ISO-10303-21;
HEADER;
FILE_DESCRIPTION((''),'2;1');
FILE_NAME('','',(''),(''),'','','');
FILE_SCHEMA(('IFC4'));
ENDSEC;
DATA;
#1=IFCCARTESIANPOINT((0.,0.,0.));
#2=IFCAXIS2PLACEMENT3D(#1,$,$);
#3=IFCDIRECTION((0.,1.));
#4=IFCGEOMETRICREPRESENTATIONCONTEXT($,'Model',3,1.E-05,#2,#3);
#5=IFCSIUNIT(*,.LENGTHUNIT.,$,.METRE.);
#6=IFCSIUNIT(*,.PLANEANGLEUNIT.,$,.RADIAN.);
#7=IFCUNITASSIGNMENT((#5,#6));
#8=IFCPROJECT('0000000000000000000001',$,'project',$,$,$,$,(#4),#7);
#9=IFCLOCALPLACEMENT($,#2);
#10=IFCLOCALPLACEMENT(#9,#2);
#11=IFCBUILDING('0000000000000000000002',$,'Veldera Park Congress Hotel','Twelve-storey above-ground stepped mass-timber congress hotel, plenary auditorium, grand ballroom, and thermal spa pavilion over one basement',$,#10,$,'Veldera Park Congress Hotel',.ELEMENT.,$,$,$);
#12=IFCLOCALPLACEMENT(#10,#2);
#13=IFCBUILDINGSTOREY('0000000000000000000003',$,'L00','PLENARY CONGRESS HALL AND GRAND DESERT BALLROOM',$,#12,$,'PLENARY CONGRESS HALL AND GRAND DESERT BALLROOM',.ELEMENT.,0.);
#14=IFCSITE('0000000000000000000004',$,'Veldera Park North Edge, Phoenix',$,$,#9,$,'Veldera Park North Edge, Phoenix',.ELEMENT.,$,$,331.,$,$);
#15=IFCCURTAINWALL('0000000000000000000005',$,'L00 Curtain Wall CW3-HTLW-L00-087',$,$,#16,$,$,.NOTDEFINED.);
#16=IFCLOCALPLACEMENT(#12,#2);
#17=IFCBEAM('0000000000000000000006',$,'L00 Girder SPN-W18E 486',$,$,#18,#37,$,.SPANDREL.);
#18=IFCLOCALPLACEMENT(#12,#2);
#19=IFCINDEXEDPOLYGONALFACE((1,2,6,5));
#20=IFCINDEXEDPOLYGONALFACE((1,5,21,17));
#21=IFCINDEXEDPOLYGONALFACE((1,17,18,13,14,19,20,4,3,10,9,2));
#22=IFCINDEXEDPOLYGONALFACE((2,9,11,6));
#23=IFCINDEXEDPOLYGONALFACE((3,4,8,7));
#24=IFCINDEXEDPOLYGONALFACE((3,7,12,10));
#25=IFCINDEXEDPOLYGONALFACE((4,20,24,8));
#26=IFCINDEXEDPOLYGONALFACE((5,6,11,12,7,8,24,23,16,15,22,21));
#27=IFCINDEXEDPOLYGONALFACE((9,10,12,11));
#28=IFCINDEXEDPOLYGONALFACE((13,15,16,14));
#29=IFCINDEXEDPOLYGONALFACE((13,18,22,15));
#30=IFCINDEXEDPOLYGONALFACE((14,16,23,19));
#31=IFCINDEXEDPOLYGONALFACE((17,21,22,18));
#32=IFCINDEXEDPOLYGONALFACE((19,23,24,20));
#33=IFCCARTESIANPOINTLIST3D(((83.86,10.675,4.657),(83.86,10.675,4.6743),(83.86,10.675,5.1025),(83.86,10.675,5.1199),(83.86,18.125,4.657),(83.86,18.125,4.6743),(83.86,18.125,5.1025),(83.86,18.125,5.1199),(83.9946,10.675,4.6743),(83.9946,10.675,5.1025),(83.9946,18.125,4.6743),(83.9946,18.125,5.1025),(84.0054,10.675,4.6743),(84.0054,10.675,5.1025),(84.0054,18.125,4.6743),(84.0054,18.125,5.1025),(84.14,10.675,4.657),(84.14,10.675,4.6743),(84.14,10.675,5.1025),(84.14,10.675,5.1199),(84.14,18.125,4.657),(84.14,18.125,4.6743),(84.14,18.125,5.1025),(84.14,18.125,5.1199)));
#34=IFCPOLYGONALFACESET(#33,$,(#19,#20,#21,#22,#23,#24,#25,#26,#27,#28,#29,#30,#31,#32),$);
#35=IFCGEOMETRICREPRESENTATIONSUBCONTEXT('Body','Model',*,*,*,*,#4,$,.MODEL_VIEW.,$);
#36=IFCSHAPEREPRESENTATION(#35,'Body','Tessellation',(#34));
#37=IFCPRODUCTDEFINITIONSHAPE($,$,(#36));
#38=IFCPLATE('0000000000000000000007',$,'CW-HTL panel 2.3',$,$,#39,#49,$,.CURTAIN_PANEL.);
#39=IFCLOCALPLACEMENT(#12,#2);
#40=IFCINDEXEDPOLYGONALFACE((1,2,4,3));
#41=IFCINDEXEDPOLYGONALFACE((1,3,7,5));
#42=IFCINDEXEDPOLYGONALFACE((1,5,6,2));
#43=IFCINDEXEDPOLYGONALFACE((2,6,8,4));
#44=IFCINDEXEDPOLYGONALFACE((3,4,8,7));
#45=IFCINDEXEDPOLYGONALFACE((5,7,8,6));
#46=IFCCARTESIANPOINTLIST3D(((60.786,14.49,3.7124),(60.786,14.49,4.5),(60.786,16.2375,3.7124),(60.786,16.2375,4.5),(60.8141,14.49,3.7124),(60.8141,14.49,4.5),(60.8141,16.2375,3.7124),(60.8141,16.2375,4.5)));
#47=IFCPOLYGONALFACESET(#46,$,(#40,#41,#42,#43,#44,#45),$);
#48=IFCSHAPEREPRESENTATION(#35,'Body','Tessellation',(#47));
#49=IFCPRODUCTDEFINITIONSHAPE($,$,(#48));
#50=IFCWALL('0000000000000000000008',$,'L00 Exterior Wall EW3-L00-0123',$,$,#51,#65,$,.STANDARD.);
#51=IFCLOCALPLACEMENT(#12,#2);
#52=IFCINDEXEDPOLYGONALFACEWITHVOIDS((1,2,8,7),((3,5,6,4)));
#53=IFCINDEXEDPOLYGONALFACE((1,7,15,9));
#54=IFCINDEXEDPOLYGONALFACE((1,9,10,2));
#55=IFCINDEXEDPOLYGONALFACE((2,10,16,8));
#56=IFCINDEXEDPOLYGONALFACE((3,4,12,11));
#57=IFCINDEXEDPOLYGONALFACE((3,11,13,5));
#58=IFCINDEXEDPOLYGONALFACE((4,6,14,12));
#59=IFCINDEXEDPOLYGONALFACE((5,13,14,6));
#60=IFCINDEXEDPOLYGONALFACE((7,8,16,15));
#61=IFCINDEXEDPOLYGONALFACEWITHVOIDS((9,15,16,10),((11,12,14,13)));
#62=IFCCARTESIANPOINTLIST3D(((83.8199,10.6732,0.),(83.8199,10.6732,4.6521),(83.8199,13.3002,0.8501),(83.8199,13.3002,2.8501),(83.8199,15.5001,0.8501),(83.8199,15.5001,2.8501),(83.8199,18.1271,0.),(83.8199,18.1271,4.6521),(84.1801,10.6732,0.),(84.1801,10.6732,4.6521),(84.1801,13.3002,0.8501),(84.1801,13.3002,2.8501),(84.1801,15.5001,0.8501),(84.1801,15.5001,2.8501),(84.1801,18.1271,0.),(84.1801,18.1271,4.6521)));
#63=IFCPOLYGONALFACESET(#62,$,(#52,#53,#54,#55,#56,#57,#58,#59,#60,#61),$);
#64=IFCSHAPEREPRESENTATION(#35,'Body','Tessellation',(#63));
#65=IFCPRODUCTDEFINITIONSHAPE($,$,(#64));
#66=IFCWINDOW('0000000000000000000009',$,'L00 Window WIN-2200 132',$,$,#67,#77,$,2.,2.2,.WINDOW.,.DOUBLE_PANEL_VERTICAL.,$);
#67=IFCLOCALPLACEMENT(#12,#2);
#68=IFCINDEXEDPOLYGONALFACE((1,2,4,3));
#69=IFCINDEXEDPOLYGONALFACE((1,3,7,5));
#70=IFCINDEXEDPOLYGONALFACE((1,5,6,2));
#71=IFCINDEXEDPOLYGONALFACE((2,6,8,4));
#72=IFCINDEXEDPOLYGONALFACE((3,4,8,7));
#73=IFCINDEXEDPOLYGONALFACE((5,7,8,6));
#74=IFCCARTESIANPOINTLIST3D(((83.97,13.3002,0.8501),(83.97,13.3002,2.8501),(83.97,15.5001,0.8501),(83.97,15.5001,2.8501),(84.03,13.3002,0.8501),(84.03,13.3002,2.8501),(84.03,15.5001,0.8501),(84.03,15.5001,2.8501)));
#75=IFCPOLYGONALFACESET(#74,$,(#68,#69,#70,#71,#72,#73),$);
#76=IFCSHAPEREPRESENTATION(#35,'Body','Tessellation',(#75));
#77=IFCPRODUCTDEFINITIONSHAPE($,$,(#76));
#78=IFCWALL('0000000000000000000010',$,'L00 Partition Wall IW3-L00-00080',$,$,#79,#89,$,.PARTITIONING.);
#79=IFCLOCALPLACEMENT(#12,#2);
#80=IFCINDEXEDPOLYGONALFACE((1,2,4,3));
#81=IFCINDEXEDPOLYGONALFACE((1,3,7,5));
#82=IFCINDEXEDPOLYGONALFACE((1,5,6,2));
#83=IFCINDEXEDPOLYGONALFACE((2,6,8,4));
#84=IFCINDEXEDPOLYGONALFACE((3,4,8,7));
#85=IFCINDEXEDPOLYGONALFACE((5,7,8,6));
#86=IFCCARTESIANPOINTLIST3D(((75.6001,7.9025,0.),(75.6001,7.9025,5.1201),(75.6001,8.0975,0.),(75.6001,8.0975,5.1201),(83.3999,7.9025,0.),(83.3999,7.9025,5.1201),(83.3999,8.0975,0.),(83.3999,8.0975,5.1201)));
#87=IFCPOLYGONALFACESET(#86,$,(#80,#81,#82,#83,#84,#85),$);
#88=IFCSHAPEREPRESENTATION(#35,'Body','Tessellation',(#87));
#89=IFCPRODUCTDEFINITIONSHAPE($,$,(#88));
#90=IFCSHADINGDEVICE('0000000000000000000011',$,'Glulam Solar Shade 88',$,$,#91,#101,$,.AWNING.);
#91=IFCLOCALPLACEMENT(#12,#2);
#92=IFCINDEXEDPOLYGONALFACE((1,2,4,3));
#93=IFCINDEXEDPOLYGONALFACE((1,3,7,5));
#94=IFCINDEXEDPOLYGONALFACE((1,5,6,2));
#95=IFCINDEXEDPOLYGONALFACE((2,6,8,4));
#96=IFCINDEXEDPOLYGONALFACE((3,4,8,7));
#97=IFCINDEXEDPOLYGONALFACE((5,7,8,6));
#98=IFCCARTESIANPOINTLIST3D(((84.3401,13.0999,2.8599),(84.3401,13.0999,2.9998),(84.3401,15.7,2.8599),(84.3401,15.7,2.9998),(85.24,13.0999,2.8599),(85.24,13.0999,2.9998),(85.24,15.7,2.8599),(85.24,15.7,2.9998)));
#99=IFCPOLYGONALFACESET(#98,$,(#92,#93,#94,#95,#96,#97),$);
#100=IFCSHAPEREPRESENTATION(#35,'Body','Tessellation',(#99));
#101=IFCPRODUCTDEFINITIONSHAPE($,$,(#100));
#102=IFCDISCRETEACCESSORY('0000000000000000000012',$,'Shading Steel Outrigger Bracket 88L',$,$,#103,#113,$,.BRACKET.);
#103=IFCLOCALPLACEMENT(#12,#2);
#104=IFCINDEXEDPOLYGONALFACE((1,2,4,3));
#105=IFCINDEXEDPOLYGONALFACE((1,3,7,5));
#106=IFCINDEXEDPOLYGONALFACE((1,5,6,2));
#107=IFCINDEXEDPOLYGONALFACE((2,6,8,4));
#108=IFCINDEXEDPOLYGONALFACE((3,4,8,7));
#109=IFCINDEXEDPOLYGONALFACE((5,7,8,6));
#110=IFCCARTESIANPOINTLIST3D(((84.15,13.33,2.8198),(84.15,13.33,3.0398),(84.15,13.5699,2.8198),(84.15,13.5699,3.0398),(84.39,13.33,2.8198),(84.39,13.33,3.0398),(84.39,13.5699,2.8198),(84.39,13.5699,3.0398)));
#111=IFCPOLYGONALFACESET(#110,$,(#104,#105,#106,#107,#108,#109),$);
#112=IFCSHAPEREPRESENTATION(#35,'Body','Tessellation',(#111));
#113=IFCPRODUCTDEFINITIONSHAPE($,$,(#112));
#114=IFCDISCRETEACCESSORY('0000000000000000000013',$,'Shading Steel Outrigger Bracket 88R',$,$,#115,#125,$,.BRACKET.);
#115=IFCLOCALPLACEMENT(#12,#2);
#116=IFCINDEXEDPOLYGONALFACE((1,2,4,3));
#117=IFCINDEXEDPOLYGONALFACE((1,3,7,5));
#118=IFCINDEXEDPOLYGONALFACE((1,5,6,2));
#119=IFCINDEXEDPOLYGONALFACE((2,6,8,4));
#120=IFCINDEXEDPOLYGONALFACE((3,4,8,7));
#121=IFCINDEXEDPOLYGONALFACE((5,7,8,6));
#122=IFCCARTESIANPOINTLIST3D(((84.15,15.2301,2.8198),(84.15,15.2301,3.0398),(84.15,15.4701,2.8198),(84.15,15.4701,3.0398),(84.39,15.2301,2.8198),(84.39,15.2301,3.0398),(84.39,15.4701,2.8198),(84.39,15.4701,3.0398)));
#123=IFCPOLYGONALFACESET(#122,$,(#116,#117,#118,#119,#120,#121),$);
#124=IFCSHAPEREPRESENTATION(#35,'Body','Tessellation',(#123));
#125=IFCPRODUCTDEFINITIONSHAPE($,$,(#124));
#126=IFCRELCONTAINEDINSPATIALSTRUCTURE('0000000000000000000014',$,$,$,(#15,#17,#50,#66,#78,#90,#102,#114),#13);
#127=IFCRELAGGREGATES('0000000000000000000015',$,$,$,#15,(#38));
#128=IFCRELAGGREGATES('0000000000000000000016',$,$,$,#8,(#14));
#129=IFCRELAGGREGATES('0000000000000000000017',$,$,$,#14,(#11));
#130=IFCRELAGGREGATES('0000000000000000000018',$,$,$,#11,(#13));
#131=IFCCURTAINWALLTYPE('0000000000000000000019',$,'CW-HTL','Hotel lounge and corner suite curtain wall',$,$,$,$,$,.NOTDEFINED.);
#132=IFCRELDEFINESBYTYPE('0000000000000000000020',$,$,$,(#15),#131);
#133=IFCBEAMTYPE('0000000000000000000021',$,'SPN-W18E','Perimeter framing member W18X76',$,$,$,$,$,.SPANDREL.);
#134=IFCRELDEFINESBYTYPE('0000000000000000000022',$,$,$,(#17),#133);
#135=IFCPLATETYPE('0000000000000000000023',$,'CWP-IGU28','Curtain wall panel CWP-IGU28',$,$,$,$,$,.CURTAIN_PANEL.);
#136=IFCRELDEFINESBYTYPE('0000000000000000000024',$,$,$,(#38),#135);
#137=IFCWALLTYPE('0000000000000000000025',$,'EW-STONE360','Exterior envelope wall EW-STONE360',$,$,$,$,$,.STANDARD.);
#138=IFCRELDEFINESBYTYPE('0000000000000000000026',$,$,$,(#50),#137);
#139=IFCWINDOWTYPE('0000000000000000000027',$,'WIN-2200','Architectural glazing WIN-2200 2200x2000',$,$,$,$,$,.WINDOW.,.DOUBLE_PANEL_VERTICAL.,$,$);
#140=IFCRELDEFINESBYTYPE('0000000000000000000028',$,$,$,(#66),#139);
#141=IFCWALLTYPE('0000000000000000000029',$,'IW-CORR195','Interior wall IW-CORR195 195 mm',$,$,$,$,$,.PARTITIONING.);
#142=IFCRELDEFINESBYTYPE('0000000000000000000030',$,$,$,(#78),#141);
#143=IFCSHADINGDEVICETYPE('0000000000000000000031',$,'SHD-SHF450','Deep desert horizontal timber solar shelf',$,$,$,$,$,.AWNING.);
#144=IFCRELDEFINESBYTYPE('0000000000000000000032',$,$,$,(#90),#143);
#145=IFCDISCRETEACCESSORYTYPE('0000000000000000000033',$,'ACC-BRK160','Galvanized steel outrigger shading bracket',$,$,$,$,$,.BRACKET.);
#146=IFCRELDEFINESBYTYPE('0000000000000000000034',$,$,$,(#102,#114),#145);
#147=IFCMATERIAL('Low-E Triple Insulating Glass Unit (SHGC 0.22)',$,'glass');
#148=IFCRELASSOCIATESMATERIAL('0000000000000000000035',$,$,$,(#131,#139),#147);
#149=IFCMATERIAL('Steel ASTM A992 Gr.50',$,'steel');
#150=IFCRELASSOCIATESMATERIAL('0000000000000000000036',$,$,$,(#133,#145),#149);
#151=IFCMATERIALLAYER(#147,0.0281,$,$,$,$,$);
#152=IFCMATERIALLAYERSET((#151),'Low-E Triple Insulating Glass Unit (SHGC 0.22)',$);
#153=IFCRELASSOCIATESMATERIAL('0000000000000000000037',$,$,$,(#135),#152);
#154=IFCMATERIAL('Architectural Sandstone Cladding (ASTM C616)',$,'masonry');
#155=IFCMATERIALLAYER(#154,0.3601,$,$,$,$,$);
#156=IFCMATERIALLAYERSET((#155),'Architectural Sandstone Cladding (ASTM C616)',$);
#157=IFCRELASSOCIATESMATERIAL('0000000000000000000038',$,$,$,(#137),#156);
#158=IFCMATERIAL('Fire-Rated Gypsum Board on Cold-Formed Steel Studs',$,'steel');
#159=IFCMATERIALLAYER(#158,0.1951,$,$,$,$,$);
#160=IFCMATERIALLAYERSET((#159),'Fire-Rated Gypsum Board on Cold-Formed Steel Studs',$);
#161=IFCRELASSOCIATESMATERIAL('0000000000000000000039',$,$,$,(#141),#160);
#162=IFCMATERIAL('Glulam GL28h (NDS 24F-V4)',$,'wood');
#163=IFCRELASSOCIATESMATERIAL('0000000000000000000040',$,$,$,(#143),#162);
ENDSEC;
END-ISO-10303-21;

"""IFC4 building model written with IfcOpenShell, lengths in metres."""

from ifc_helpers import new_model, si_unit, direction, frame, frame_2d, origin, origin_2d, place, context, subcontext, project, spatial, rectangle, i_section, extrude, material, layer, layer_set, material_profile, profile_set, type_object, element, fill, aggregate, save


model = new_model("IFC4")

# Units and contexts
model_context = context("Model", 3, precision=1e-05, world=origin(), true_north=direction((0.0, 1.0)))
body_context = subcontext(model_context, "Body", "Model", "MODEL_VIEW")
ifc_project = project(units=[si_unit("LENGTHUNIT", "METRE"), si_unit("PLANEANGLEUNIT", "RADIAN")], contexts=[model_context])

# Site, building, storey
site_placement = place(None, origin())
site = spatial("IfcSite", under=ifc_project, at=site_placement, Name="Veldera Park North Edge, Phoenix", LongName="Veldera Park North Edge, Phoenix", CompositionType="ELEMENT", RefElevation=331.0)
building_placement = place(site_placement, origin())
building = spatial("IfcBuilding", under=site, at=building_placement, Name="Veldera Park Congress Hotel", Description="Twelve-storey above-ground stepped mass-timber congress hotel, plenary auditorium, grand ballroom, and thermal spa pavilion over one basement", LongName="Veldera Park Congress Hotel", CompositionType="ELEMENT")
storey_placement = place(building_placement, origin())
storey = spatial("IfcBuildingStorey", under=building, at=storey_placement, Name="L00", Description="PLENARY CONGRESS HALL AND GRAND DESERT BALLROOM", LongName="PLENARY CONGRESS HALL AND GRAND DESERT BALLROOM", CompositionType="ELEMENT", Elevation=0.0)

# Shared definitions
ifc_material_1 = material(Name="Glulam GL28h (NDS 24F-V4)", Category="wood")

# Curtain wall
ifc_material_2 = material(Name="Low-E Triple Insulating Glass Unit (SHGC 0.22)", Category="glass")
curtain_wall_type = type_object("IfcCurtainWallType", Name="CW-HTL", Description="Hotel lounge and corner suite curtain wall", PredefinedType="NOTDEFINED", material=ifc_material_2)
curtain_wall_placement = place(storey_placement, origin())
curtain_wall = element("IfcCurtainWall", 1, at=curtain_wall_placement, inside=storey, type_object=curtain_wall_type, Name="L00 Curtain Wall CW3-HTLW-L00-087", PredefinedType="NOTDEFINED")

# Beam
ifc_material_3 = material(Name="Steel ASTM A992 Gr.50", Category="steel")
ifc_material_profile_1 = material_profile(ifc_material_3, i_section(OverallWidth=0.28, OverallDepth=0.4629, WebThickness=0.0107, FlangeThickness=0.0173, at=origin_2d()), Name="W18X76")
ifc_profile_set_1 = profile_set([ifc_material_profile_1], Name="Steel ASTM A992 Gr.50")
beam_type_1 = type_object("IfcBeamType", Name="SPN-W18E", Description="Perimeter framing member W18X76", PredefinedType="SPANDREL", material=ifc_profile_set_1)
beam_1_placement = place(storey_placement, frame((84.0, 10.675, 4.8884), z_axis=(0.0, 1.0, 0.0), x_axis=(-1.0, 0.0, 0.0)))
element("IfcBeam", 2, at=beam_1_placement, inside=storey, type_object=beam_type_1, Name="L00 Girder SPN-W18E 486", PredefinedType="SPANDREL", context=body_context, shape_type="SweptSolid", body=[
    extrude(i_section(OverallWidth=0.28, OverallDepth=0.4629, WebThickness=0.0107, FlangeThickness=0.0173, at=origin_2d()), origin(), (0.0, 0.0, 1.0), 7.45),
])

# Plate
ifc_layer_1 = layer(ifc_material_2, 0.0281)
ifc_layer_set_1 = layer_set([ifc_layer_1], Name="Low-E Triple Insulating Glass Unit (SHGC 0.22)")
plate_type = type_object("IfcPlateType", Name="CWP-IGU28", Description="Curtain wall panel CWP-IGU28", PredefinedType="CURTAIN_PANEL", material=ifc_layer_set_1)
plate_placement = place(storey_placement, frame((60.8, 15.3638, 3.7124), z_axis=(0.0, 0.0, 1.0), x_axis=(0.0, -1.0, 0.0)))
plate = element("IfcPlate", 3, at=plate_placement, type_object=plate_type, Name="CW-HTL panel 2.3", PredefinedType="CURTAIN_PANEL", context=body_context, shape_type="SweptSolid", body=[
    extrude(rectangle(XDim=1.7476, YDim=0.0281, at=origin_2d()), origin(), (0.0, 0.0, 1.0), 0.7876),
])
aggregate(curtain_wall, [plate])

# Wall, opening, window
ifc_material_4 = material(Name="Architectural Sandstone Cladding (ASTM C616)", Category="masonry")
ifc_layer_2 = layer(ifc_material_4, 0.3601)
ifc_layer_set_2 = layer_set([ifc_layer_2], Name="Architectural Sandstone Cladding (ASTM C616)")
wall_type_1 = type_object("IfcWallType", Name="EW-STONE360", Description="Exterior envelope wall EW-STONE360", PredefinedType="STANDARD", material=ifc_layer_set_2)
wall_1_placement = place(storey_placement, frame((84.0, 10.6731, 0.0), z_axis=(0.0, 0.0, 1.0), x_axis=(0.0, 1.0, 0.0)))
wall_1 = element("IfcWall", 4, at=wall_1_placement, inside=storey, type_object=wall_type_1, Name="L00 Exterior Wall EW3-L00-0123", PredefinedType="STANDARD", context=body_context, shape_type="SweptSolid", body=[
    extrude(rectangle(XDim=7.4539, YDim=0.3601, at=frame_2d((3.7271, 0.0))), origin(), (0.0, 0.0, 1.0), 4.6521),
])
opening_placement = place(wall_1_placement, frame((2.627, 0.0, 0.8501)))
opening = element("IfcOpeningElement", 5, at=opening_placement, cuts=wall_1, PredefinedType="OPENING", context=body_context, shape_type="SweptSolid", body=[
    extrude(rectangle(XDim=2.2, YDim=2.0, at=frame_2d((1.1001, 1.0))), frame((0.0, 0.1921, 0.0), z_axis=(0.0, -1.0, 0.0), x_axis=(1.0, 0.0, 0.0)), (0.0, 0.0, 1.0), 0.384),
])
window_type = type_object("IfcWindowType", Name="WIN-2200", Description="Architectural glazing WIN-2200 2200x2000", PartitioningType="DOUBLE_PANEL_VERTICAL", PredefinedType="WINDOW", material=ifc_material_2)
window_placement = place(opening_placement, origin())
window = element("IfcWindow", 6, at=window_placement, inside=storey, type_object=window_type, Name="L00 Window WIN-2200 132", OverallHeight=2.0, OverallWidth=2.2, PartitioningType="DOUBLE_PANEL_VERTICAL", PredefinedType="WINDOW", context=body_context, shape_type="SweptSolid", body=[
    extrude(rectangle(XDim=2.2, YDim=2.0, at=frame_2d((1.1001, 1.0))), frame((0.0, 0.03, 0.0), z_axis=(0.0, -1.0, 0.0), x_axis=(1.0, 0.0, 0.0)), (0.0, 0.0, 1.0), 0.0601),
])
fill(opening, window)

# Wall
ifc_material_5 = material(Name="Fire-Rated Gypsum Board on Cold-Formed Steel Studs", Category="steel")
ifc_layer_3 = layer(ifc_material_5, 0.1951)
ifc_layer_set_3 = layer_set([ifc_layer_3], Name="Fire-Rated Gypsum Board on Cold-Formed Steel Studs")
wall_type_2 = type_object("IfcWallType", Name="IW-CORR195", Description="Interior wall IW-CORR195 195 mm", PredefinedType="PARTITIONING", material=ifc_layer_set_3)
wall_2_placement = place(storey_placement, frame((75.6001, 8.0, 0.0), z_axis=(0.0, 0.0, 1.0), x_axis=(1.0, 0.0, 0.0)))
element("IfcWall", 7, at=wall_2_placement, inside=storey, type_object=wall_type_2, Name="L00 Partition Wall IW3-L00-00080", PredefinedType="PARTITIONING", context=body_context, shape_type="SweptSolid", body=[
    extrude(rectangle(XDim=7.7998, YDim=0.1951, at=frame_2d((3.8999, 0.0))), origin(), (0.0, 0.0, 1.0), 5.1201),
])

# Shading device
shading_device_type = type_object("IfcShadingDeviceType", Name="SHD-SHF450", Description="Deep desert horizontal timber solar shelf", PredefinedType="AWNING", material=ifc_material_1)
shading_device_placement = place(storey_placement, frame((84.79, 14.3999, 2.8599), z_axis=(0.0, 0.0, 1.0), x_axis=(0.0, 1.0, 0.0)))
element("IfcShadingDevice", 8, at=shading_device_placement, inside=storey, type_object=shading_device_type, Name="Glulam Solar Shade 88", PredefinedType="AWNING", context=body_context, shape_type="SweptSolid", body=[
    extrude(rectangle(XDim=2.6001, YDim=0.8999, at=origin_2d()), origin(), (0.0, 0.0, 1.0), 0.1399),
])

# Discrete accessories
discrete_accessory_type = type_object("IfcDiscreteAccessoryType", Name="ACC-BRK160", Description="Galvanized steel outrigger shading bracket", PredefinedType="BRACKET", material=ifc_material_3)
for number, where, z_axis, x_axis, name in (
    (9, (84.27, 13.45, 2.8198), (0.0, 0.0, 1.0), (0.0, 1.0, 0.0), "Shading Steel Outrigger Bracket 88L"),
    (10, (84.27, 15.3501, 2.8198), (0.0, 0.0, 1.0), (0.0, 1.0, 0.0), "Shading Steel Outrigger Bracket 88R"),
):
    element("IfcDiscreteAccessory", number, at=place(storey_placement, frame(where, z_axis=z_axis, x_axis=x_axis)), inside=storey, type_object=discrete_accessory_type, Name=name, PredefinedType="BRACKET", context=body_context, shape_type="SweptSolid", body=[
        extrude(rectangle(XDim=0.24, YDim=0.24, at=origin_2d()), origin(), (0.0, 0.0, 1.0), 0.22),
    ])

save(model, "model.ifc")
